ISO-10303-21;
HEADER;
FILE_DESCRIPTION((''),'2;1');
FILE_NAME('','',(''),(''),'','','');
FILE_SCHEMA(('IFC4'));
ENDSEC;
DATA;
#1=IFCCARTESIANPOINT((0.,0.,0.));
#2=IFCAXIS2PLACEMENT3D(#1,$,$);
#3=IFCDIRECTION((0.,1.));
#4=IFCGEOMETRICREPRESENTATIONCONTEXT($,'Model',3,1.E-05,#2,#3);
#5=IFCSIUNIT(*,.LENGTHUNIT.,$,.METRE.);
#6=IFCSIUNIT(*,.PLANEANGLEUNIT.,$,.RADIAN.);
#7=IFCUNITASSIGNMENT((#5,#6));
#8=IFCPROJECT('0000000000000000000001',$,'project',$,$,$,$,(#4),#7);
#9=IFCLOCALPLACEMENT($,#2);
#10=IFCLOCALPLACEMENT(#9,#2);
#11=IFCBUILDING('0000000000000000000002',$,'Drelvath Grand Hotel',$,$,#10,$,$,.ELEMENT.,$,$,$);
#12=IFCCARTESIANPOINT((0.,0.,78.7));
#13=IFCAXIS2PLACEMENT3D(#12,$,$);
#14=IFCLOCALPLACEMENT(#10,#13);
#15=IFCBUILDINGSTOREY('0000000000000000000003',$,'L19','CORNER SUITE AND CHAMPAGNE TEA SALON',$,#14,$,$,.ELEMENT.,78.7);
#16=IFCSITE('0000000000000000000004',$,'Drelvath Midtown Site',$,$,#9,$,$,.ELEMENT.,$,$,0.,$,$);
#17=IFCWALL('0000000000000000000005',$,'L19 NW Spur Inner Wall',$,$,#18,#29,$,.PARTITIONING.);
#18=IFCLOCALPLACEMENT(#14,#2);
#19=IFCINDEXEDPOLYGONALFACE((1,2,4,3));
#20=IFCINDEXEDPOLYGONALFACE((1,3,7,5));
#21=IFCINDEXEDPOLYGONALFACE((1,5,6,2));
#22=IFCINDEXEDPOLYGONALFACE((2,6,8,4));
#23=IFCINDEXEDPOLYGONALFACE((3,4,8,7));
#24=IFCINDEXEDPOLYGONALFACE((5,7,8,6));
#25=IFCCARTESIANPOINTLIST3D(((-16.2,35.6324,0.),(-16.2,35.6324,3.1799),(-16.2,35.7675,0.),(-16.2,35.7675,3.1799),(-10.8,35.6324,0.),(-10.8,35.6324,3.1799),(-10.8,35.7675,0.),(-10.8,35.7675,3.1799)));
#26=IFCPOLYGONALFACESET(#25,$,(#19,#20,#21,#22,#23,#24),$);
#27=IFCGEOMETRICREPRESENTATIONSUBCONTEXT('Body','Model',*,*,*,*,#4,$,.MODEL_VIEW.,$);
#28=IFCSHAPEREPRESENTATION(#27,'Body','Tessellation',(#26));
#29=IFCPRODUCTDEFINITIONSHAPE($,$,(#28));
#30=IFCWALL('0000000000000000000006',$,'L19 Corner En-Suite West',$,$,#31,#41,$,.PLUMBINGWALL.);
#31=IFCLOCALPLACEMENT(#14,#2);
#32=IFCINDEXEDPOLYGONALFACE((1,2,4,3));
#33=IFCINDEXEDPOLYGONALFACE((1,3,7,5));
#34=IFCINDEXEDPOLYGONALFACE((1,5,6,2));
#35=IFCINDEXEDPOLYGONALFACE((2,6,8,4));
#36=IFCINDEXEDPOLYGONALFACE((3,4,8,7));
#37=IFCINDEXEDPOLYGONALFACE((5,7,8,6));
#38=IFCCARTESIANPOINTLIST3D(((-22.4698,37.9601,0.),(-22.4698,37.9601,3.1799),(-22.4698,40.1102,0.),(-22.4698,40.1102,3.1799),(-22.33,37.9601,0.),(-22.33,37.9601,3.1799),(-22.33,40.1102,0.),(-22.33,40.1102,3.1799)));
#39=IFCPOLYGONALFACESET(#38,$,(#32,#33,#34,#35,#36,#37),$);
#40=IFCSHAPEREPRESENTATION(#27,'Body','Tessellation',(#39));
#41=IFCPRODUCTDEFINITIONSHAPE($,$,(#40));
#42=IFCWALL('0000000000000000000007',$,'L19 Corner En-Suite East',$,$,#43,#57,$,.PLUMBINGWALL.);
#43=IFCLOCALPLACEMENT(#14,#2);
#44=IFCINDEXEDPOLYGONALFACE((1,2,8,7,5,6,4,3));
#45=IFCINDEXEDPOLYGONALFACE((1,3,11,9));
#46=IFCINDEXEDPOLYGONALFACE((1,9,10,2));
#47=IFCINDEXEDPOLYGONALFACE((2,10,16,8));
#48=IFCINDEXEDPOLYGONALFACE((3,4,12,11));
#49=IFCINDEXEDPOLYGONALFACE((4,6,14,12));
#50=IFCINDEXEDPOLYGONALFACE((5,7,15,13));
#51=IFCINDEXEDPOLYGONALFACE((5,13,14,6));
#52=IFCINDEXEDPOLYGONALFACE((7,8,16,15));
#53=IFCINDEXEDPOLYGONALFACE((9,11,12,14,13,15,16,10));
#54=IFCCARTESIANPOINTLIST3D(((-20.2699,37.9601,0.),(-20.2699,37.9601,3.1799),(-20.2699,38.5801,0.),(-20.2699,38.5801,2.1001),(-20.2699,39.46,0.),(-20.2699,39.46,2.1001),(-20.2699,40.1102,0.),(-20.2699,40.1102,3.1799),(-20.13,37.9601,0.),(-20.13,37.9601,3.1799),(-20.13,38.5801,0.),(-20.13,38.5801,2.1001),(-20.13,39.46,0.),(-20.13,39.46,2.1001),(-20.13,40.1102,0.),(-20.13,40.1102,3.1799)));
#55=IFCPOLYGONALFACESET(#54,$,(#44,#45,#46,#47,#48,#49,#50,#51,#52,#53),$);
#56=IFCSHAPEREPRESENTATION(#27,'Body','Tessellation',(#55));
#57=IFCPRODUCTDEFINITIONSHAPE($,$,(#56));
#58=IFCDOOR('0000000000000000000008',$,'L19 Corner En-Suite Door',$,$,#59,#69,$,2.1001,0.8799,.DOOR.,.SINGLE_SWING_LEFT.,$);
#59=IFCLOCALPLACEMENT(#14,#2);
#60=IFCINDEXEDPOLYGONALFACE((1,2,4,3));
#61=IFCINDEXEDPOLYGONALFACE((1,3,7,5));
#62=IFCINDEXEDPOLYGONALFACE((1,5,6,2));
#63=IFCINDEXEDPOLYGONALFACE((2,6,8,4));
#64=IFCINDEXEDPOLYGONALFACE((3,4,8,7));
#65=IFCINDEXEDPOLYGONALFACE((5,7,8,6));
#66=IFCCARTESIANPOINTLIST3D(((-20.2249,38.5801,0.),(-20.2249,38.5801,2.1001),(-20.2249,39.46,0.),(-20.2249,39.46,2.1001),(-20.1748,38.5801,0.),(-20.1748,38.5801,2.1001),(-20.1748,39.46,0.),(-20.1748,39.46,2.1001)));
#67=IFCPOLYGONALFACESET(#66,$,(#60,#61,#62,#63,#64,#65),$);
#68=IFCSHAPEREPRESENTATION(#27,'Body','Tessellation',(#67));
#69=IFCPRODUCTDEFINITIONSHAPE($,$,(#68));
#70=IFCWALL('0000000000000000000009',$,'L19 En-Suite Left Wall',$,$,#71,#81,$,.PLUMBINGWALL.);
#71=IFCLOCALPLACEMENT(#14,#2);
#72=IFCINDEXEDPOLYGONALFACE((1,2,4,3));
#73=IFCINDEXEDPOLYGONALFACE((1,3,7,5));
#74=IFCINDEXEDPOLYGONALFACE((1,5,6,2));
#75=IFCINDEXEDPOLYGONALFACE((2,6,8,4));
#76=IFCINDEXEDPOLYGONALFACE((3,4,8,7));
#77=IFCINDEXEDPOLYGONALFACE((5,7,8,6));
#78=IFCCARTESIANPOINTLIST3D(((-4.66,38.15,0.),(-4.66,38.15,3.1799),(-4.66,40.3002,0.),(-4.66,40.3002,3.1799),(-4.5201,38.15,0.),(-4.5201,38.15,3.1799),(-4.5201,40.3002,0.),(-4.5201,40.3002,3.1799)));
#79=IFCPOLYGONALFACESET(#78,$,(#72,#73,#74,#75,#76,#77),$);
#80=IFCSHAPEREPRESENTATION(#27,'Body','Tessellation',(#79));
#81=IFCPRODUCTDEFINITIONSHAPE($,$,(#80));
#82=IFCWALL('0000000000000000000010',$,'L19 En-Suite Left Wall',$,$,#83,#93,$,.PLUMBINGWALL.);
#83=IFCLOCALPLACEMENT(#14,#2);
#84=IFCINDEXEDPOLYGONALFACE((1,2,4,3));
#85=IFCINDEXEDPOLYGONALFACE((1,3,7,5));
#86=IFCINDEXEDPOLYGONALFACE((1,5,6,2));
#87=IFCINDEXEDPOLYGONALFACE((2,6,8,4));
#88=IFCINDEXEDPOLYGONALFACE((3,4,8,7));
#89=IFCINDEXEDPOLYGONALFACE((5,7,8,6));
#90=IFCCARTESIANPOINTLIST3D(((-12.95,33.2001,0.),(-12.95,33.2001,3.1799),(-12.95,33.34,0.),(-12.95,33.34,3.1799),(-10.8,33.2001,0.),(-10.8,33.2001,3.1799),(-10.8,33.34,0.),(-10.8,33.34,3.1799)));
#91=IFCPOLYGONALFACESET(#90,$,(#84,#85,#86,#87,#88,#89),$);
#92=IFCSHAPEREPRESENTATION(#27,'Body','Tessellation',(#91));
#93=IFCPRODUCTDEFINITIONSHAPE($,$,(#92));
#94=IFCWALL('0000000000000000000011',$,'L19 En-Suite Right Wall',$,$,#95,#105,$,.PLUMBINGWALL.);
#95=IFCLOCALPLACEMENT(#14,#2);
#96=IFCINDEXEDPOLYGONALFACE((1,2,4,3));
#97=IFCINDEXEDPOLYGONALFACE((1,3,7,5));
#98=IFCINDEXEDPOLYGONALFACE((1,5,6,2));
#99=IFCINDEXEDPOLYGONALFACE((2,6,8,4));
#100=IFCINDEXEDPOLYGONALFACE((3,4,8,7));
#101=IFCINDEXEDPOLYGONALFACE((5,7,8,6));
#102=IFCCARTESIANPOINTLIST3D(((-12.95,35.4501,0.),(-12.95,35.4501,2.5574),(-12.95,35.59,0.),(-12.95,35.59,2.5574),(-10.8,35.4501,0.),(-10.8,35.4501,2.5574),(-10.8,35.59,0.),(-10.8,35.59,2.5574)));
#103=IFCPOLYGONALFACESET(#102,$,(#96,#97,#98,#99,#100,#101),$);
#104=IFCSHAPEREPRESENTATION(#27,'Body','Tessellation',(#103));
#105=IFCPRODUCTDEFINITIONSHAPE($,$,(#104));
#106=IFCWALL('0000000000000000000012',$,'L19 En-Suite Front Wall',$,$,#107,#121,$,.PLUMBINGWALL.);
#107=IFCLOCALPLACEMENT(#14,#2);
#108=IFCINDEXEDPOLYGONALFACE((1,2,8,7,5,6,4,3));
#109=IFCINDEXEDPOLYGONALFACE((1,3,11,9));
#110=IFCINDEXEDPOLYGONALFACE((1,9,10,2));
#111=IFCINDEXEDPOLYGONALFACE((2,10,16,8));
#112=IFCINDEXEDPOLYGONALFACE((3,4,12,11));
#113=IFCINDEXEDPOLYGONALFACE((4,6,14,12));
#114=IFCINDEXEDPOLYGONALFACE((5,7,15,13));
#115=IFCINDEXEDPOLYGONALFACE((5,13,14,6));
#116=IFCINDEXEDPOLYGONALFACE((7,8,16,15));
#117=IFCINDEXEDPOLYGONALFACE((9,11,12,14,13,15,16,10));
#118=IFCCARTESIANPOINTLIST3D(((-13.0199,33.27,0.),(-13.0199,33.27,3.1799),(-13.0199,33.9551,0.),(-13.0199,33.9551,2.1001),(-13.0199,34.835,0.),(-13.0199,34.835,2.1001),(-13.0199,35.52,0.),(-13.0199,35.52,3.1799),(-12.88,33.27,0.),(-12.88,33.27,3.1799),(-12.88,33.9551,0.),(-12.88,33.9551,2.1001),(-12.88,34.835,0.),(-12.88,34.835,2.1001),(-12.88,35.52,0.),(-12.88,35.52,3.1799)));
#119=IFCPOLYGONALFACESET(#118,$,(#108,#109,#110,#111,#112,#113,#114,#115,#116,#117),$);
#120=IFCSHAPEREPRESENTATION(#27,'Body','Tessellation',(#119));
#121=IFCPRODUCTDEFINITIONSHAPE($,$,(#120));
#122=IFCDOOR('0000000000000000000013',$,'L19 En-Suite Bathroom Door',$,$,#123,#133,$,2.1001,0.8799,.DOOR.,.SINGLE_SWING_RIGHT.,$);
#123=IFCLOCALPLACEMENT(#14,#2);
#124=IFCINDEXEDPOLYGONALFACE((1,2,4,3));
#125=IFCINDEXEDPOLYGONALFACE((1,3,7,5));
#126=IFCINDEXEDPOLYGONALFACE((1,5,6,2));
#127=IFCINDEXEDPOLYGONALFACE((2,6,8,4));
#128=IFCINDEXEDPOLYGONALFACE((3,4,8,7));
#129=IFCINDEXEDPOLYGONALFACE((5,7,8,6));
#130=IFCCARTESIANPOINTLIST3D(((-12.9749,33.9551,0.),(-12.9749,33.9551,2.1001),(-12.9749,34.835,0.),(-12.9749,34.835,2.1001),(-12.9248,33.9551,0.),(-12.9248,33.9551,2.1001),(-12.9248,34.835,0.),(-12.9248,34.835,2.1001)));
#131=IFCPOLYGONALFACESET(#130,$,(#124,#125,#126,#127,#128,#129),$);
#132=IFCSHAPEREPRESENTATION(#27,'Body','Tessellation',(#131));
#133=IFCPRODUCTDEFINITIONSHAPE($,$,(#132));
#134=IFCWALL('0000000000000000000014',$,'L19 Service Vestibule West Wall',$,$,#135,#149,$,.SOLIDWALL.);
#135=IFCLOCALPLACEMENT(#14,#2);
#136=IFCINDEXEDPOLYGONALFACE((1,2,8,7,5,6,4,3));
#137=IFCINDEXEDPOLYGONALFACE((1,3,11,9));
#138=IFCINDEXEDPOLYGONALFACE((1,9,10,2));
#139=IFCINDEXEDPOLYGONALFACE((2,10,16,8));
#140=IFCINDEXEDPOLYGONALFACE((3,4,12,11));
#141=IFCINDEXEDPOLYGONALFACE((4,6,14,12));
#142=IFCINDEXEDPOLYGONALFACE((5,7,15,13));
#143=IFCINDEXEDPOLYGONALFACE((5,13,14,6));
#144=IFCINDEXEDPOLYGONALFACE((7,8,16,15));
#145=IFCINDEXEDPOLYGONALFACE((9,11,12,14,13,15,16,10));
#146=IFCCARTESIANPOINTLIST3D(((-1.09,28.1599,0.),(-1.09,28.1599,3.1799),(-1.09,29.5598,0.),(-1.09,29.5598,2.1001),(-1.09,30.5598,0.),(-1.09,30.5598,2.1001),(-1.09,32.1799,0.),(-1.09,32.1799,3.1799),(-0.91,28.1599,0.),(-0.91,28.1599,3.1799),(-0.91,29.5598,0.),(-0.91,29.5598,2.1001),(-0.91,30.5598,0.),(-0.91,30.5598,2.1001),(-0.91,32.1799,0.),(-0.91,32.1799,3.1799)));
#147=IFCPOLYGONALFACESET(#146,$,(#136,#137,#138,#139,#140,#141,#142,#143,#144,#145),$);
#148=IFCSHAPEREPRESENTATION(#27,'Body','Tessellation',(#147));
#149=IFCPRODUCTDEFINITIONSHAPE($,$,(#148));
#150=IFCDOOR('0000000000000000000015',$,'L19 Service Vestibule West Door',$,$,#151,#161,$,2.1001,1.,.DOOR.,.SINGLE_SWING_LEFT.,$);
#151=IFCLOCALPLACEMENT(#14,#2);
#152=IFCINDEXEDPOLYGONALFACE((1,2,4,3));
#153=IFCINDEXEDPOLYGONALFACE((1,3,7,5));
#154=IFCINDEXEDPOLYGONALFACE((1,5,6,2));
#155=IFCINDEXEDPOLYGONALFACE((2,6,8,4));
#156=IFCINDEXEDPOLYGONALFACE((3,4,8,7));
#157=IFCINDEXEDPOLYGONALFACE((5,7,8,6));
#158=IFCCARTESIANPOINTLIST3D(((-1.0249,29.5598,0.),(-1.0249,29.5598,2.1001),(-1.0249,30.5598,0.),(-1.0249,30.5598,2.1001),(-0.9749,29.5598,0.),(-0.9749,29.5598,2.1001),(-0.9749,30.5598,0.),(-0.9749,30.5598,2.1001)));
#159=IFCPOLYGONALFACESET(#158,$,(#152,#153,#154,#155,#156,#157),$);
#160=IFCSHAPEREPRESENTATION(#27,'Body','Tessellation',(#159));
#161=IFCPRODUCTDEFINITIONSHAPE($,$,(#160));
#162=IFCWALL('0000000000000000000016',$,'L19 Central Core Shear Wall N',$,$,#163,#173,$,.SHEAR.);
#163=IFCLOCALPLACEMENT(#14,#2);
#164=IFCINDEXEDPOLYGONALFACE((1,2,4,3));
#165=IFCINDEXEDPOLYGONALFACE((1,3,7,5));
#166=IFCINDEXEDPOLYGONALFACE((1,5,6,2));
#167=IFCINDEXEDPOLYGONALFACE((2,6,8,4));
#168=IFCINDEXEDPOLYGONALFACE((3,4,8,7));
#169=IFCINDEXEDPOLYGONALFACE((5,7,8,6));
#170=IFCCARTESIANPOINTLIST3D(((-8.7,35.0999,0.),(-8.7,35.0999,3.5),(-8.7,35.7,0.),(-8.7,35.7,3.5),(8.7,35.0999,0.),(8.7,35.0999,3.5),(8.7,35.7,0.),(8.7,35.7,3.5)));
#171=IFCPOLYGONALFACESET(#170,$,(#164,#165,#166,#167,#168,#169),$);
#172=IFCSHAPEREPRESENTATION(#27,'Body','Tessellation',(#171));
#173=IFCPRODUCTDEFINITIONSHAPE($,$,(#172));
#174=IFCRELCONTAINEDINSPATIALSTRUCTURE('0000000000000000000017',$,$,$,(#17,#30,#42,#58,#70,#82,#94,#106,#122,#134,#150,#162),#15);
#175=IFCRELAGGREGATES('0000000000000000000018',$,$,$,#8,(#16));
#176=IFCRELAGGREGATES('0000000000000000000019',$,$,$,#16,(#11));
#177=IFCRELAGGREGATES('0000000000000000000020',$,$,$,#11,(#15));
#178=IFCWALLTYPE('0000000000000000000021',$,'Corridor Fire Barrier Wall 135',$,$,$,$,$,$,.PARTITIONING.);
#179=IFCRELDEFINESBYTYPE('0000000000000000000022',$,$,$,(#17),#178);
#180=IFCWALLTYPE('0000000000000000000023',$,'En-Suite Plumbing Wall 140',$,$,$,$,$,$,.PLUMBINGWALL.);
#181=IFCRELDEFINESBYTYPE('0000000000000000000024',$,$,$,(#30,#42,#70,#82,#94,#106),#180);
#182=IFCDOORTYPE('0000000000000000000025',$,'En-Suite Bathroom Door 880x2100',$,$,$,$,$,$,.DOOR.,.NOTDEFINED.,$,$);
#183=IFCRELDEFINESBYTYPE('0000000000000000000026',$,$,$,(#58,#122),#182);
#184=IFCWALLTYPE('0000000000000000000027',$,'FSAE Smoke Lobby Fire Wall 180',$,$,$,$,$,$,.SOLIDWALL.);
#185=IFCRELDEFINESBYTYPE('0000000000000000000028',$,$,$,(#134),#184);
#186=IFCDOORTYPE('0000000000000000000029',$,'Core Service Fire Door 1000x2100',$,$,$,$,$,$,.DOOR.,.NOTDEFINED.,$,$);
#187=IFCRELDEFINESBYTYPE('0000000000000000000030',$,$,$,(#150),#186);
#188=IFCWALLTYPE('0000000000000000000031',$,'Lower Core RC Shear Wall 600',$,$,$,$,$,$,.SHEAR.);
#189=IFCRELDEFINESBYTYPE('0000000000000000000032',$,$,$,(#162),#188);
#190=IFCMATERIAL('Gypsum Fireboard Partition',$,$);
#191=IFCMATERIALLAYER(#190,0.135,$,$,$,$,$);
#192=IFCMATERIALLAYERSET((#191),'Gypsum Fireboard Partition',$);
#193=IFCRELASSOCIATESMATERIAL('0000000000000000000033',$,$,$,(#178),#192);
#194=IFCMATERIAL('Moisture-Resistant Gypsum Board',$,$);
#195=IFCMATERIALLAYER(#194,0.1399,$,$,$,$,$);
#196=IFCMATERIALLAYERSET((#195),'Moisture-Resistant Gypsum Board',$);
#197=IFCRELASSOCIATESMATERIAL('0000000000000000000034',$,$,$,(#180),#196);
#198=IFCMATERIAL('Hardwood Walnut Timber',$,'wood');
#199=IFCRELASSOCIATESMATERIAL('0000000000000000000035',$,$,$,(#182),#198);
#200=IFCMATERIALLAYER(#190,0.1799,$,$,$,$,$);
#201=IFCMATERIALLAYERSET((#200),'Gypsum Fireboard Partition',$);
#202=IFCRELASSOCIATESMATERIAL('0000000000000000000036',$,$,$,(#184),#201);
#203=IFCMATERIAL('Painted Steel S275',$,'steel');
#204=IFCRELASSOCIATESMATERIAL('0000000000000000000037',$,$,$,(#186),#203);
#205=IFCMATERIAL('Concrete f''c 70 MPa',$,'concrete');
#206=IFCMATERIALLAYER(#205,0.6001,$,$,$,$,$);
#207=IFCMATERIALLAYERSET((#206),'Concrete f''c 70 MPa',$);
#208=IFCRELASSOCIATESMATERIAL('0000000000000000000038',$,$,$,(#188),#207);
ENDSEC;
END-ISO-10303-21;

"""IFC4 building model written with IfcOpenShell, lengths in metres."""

from ifc_helpers import new_model, si_unit, direction, frame, frame_2d, origin, place, context, subcontext, project, spatial, rectangle, extrude, material, layer, layer_set, type_object, element, fill, save


model = new_model("IFC4")

# Units and contexts
model_context = context("Model", 3, precision=1e-05, world=origin(), true_north=direction((0.0, 1.0)))
body_context = subcontext(model_context, "Body", "Model", "MODEL_VIEW")
ifc_project = project(units=[si_unit("LENGTHUNIT", "METRE"), si_unit("PLANEANGLEUNIT", "RADIAN")], contexts=[model_context])

# Site, building, storey
site_placement = place(None, origin())
site = spatial("IfcSite", under=ifc_project, at=site_placement, Name="Drelvath Midtown Site", CompositionType="ELEMENT", RefElevation=0.0)
building_placement = place(site_placement, origin())
building = spatial("IfcBuilding", under=site, at=building_placement, Name="Drelvath Grand Hotel", CompositionType="ELEMENT")
storey_placement = place(building_placement, frame((0.0, 0.0, 78.7)))
storey = spatial("IfcBuildingStorey", under=building, at=storey_placement, Name="L19", Description="CORNER SUITE AND CHAMPAGNE TEA SALON", CompositionType="ELEMENT", Elevation=78.7)

# Shared definitions
ifc_material_1 = material(Name="Concrete f'c 70 MPa", Category="concrete")

# Shared definitions
ifc_material_2 = material(Name="Gypsum Fireboard Partition")

# Shared definitions
ifc_layer_1 = layer(ifc_material_2, 0.135)
ifc_layer_set_1 = layer_set([ifc_layer_1], Name="Gypsum Fireboard Partition")
wall_type_1 = type_object("IfcWallType", Name="Corridor Fire Barrier Wall 135", PredefinedType="PARTITIONING", material=ifc_layer_set_1)
ifc_material_3 = material(Name="Hardwood Walnut Timber", Category="wood")

# Wall
wall_1_placement = place(storey_placement, frame((-16.2, 35.7, 0.0), z_axis=(0.0, 0.0, 1.0), x_axis=(1.0, 0.0, 0.0)))
element("IfcWall", 1, at=wall_1_placement, inside=storey, type_object=wall_type_1, Name="L19 NW Spur Inner Wall", PredefinedType="PARTITIONING", context=body_context, shape_type="SweptSolid", body=[
    extrude(rectangle(XDim=5.3999, YDim=0.135, at=frame_2d((2.7, 0.0))), origin(), (0.0, 0.0, 1.0), 3.1799),
])

# Wall
ifc_material_4 = material(Name="Moisture-Resistant Gypsum Board")
ifc_layer_2 = layer(ifc_material_4, 0.1399)
ifc_layer_set_2 = layer_set([ifc_layer_2], Name="Moisture-Resistant Gypsum Board")
wall_type_2 = type_object("IfcWallType", Name="En-Suite Plumbing Wall 140", PredefinedType="PLUMBINGWALL", material=ifc_layer_set_2)
wall_2_placement = place(storey_placement, frame((-22.3999, 37.96, 0.0), z_axis=(0.0, 0.0, 1.0), x_axis=(0.0, 1.0, 0.0)))
element("IfcWall", 2, at=wall_2_placement, inside=storey, type_object=wall_type_2, Name="L19 Corner En-Suite West", PredefinedType="PLUMBINGWALL", context=body_context, shape_type="SweptSolid", body=[
    extrude(rectangle(XDim=2.1501, YDim=0.1399, at=frame_2d((1.0752, 0.0))), origin(), (0.0, 0.0, 1.0), 3.1799),
])

# Wall, opening, door
wall_3_placement = place(storey_placement, frame((-20.2, 37.96, 0.0), z_axis=(0.0, 0.0, 1.0), x_axis=(0.0, 1.0, 0.0)))
wall_3 = element("IfcWall", 3, at=wall_3_placement, inside=storey, type_object=wall_type_2, Name="L19 Corner En-Suite East", PredefinedType="PLUMBINGWALL", context=body_context, shape_type="SweptSolid", body=[
    extrude(rectangle(XDim=2.1501, YDim=0.1399, at=frame_2d((1.0752, 0.0))), origin(), (0.0, 0.0, 1.0), 3.1799),
])
opening_1_placement = place(wall_3_placement, frame((0.6201, 0.0, 0.0)))
opening_1 = element("IfcOpeningElement", 4, at=opening_1_placement, cuts=wall_3, PredefinedType="OPENING", context=body_context, shape_type="SweptSolid", body=[
    extrude(rectangle(XDim=0.8799, YDim=2.1001, at=frame_2d((0.4399, 1.05))), frame((0.0, 0.0798, 0.0), z_axis=(0.0, -1.0, 0.0), x_axis=(1.0, 0.0, 0.0)), (0.0, 0.0, 1.0), 0.1599),
])
door_type_1 = type_object("IfcDoorType", Name="En-Suite Bathroom Door 880x2100", OperationType="NOTDEFINED", PredefinedType="DOOR", material=ifc_material_3)
door_1_placement = place(opening_1_placement, origin())
door_1 = element("IfcDoor", 5, at=door_1_placement, inside=storey, type_object=door_type_1, Name="L19 Corner En-Suite Door", OperationType="SINGLE_SWING_LEFT", OverallHeight=2.1001, OverallWidth=0.8799, PredefinedType="DOOR", context=body_context, shape_type="SweptSolid", body=[
    extrude(rectangle(XDim=0.8799, YDim=2.1001, at=frame_2d((0.4399, 1.05))), frame((0.0, 0.0249, 0.0), z_axis=(0.0, -1.0, 0.0), x_axis=(1.0, 0.0, 0.0)), (0.0, 0.0, 1.0), 0.05),
])
fill(opening_1, door_1)

# Walls
wall_4_placement = place(storey_placement, frame((-4.5901, 38.1499, 0.0), z_axis=(0.0, 0.0, 1.0), x_axis=(0.0, 1.0, 0.0)))
element("IfcWall", 6, at=wall_4_placement, inside=storey, type_object=wall_type_2, Name="L19 En-Suite Left Wall", PredefinedType="PLUMBINGWALL", context=body_context, shape_type="SweptSolid", body=[
    extrude(rectangle(XDim=2.1501, YDim=0.1399, at=frame_2d((1.0752, 0.0))), origin(), (0.0, 0.0, 1.0), 3.1799),
])
wall_5_placement = place(storey_placement, frame((-10.8, 33.27, 0.0), z_axis=(0.0, 0.0, 1.0), x_axis=(-1.0, 0.0, 0.0)))
element("IfcWall", 7, at=wall_5_placement, inside=storey, type_object=wall_type_2, Name="L19 En-Suite Left Wall", PredefinedType="PLUMBINGWALL", context=body_context, shape_type="SweptSolid", body=[
    extrude(rectangle(XDim=2.1499, YDim=0.1399, at=frame_2d((1.075, 0.0))), origin(), (0.0, 0.0, 1.0), 3.1799),
])
wall_6_placement = place(storey_placement, frame((-10.8, 35.52, 0.0), z_axis=(0.0, 0.0, 1.0), x_axis=(-1.0, 0.0, 0.0)))
element("IfcWall", 8, at=wall_6_placement, inside=storey, type_object=wall_type_2, Name="L19 En-Suite Right Wall", PredefinedType="PLUMBINGWALL", context=body_context, shape_type="SweptSolid", body=[
    extrude(rectangle(XDim=2.1499, YDim=0.1399, at=frame_2d((1.075, 0.0))), origin(), (0.0, 0.0, 1.0), 2.5574),
])

# Walls, openings, doors
wall_7_placement = place(storey_placement, frame((-12.95, 33.27, 0.0), z_axis=(0.0, 0.0, 1.0), x_axis=(0.0, 1.0, 0.0)))
wall_7 = element("IfcWall", 9, at=wall_7_placement, inside=storey, type_object=wall_type_2, Name="L19 En-Suite Front Wall", PredefinedType="PLUMBINGWALL", context=body_context, shape_type="SweptSolid", body=[
    extrude(rectangle(XDim=2.25, YDim=0.1399, at=frame_2d((1.125, 0.0))), origin(), (0.0, 0.0, 1.0), 3.1799),
])
opening_2_placement = place(wall_7_placement, frame((0.6851, 0.0, 0.0)))
opening_2 = element("IfcOpeningElement", 10, at=opening_2_placement, cuts=wall_7, PredefinedType="OPENING", context=body_context, shape_type="SweptSolid", body=[
    extrude(rectangle(XDim=0.8799, YDim=2.1001, at=frame_2d((0.4399, 1.05))), frame((0.0, 0.0798, 0.0), z_axis=(0.0, -1.0, 0.0), x_axis=(1.0, 0.0, 0.0)), (0.0, 0.0, 1.0), 0.1599),
])
door_2_placement = place(opening_2_placement, origin())
door_2 = element("IfcDoor", 11, at=door_2_placement, inside=storey, type_object=door_type_1, Name="L19 En-Suite Bathroom Door", OperationType="SINGLE_SWING_RIGHT", OverallHeight=2.1001, OverallWidth=0.8799, PredefinedType="DOOR", context=body_context, shape_type="SweptSolid", body=[
    extrude(rectangle(XDim=0.8799, YDim=2.1001, at=frame_2d((0.4399, 1.05))), frame((0.0, 0.0249, 0.0), z_axis=(0.0, -1.0, 0.0), x_axis=(1.0, 0.0, 0.0)), (0.0, 0.0, 1.0), 0.05),
])
fill(opening_2, door_2)
ifc_layer_3 = layer(ifc_material_2, 0.1799)
ifc_layer_set_3 = layer_set([ifc_layer_3], Name="Gypsum Fireboard Partition")
wall_type_3 = type_object("IfcWallType", Name="FSAE Smoke Lobby Fire Wall 180", PredefinedType="SOLIDWALL", material=ifc_layer_set_3)
wall_8_placement = place(storey_placement, frame((-1.0, 28.1599, 0.0), z_axis=(0.0, 0.0, 1.0), x_axis=(0.0, 1.0, 0.0)))
wall_8 = element("IfcWall", 12, at=wall_8_placement, inside=storey, type_object=wall_type_3, Name="L19 Service Vestibule West Wall", PredefinedType="SOLIDWALL", context=body_context, shape_type="SweptSolid", body=[
    extrude(rectangle(XDim=4.02, YDim=0.1799, at=frame_2d((2.01, 0.0))), origin(), (0.0, 0.0, 1.0), 3.1799),
])
opening_3_placement = place(wall_8_placement, frame((1.3999, 0.0, 0.0)))
opening_3 = element("IfcOpeningElement", 13, at=opening_3_placement, cuts=wall_8, PredefinedType="OPENING", context=body_context, shape_type="SweptSolid", body=[
    extrude(rectangle(XDim=1.0, YDim=2.1001, at=frame_2d((0.5, 1.05))), frame((0.0, 0.0999, 0.0), z_axis=(0.0, -1.0, 0.0), x_axis=(1.0, 0.0, 0.0)), (0.0, 0.0, 1.0), 0.2),
])
ifc_material_5 = material(Name="Painted Steel S275", Category="steel")
door_type_2 = type_object("IfcDoorType", Name="Core Service Fire Door 1000x2100", OperationType="NOTDEFINED", PredefinedType="DOOR", material=ifc_material_5)
door_3_placement = place(opening_3_placement, origin())
door_3 = element("IfcDoor", 14, at=door_3_placement, inside=storey, type_object=door_type_2, Name="L19 Service Vestibule West Door", OperationType="SINGLE_SWING_LEFT", OverallHeight=2.1001, OverallWidth=1.0, PredefinedType="DOOR", context=body_context, shape_type="SweptSolid", body=[
    extrude(rectangle(XDim=1.0, YDim=2.1001, at=frame_2d((0.5, 1.05))), frame((0.0, 0.0249, 0.0), z_axis=(0.0, -1.0, 0.0), x_axis=(1.0, 0.0, 0.0)), (0.0, 0.0, 1.0), 0.05),
])
fill(opening_3, door_3)

# Wall
ifc_layer_4 = layer(ifc_material_1, 0.6001)
ifc_layer_set_4 = layer_set([ifc_layer_4], Name="Concrete f'c 70 MPa")
wall_type_4 = type_object("IfcWallType", Name="Lower Core RC Shear Wall 600", PredefinedType="SHEAR", material=ifc_layer_set_4)
wall_9_placement = place(storey_placement, frame((-8.7, 35.3999, 0.0), z_axis=(0.0, 0.0, 1.0), x_axis=(1.0, 0.0, 0.0)))
element("IfcWall", 15, at=wall_9_placement, inside=storey, type_object=wall_type_4, Name="L19 Central Core Shear Wall N", PredefinedType="SHEAR", context=body_context, shape_type="SweptSolid", body=[
    extrude(rectangle(XDim=17.3999, YDim=0.6001, at=frame_2d((8.7, 0.0))), origin(), (0.0, 0.0, 1.0), 3.5),
])

save(model, "model.ifc")
